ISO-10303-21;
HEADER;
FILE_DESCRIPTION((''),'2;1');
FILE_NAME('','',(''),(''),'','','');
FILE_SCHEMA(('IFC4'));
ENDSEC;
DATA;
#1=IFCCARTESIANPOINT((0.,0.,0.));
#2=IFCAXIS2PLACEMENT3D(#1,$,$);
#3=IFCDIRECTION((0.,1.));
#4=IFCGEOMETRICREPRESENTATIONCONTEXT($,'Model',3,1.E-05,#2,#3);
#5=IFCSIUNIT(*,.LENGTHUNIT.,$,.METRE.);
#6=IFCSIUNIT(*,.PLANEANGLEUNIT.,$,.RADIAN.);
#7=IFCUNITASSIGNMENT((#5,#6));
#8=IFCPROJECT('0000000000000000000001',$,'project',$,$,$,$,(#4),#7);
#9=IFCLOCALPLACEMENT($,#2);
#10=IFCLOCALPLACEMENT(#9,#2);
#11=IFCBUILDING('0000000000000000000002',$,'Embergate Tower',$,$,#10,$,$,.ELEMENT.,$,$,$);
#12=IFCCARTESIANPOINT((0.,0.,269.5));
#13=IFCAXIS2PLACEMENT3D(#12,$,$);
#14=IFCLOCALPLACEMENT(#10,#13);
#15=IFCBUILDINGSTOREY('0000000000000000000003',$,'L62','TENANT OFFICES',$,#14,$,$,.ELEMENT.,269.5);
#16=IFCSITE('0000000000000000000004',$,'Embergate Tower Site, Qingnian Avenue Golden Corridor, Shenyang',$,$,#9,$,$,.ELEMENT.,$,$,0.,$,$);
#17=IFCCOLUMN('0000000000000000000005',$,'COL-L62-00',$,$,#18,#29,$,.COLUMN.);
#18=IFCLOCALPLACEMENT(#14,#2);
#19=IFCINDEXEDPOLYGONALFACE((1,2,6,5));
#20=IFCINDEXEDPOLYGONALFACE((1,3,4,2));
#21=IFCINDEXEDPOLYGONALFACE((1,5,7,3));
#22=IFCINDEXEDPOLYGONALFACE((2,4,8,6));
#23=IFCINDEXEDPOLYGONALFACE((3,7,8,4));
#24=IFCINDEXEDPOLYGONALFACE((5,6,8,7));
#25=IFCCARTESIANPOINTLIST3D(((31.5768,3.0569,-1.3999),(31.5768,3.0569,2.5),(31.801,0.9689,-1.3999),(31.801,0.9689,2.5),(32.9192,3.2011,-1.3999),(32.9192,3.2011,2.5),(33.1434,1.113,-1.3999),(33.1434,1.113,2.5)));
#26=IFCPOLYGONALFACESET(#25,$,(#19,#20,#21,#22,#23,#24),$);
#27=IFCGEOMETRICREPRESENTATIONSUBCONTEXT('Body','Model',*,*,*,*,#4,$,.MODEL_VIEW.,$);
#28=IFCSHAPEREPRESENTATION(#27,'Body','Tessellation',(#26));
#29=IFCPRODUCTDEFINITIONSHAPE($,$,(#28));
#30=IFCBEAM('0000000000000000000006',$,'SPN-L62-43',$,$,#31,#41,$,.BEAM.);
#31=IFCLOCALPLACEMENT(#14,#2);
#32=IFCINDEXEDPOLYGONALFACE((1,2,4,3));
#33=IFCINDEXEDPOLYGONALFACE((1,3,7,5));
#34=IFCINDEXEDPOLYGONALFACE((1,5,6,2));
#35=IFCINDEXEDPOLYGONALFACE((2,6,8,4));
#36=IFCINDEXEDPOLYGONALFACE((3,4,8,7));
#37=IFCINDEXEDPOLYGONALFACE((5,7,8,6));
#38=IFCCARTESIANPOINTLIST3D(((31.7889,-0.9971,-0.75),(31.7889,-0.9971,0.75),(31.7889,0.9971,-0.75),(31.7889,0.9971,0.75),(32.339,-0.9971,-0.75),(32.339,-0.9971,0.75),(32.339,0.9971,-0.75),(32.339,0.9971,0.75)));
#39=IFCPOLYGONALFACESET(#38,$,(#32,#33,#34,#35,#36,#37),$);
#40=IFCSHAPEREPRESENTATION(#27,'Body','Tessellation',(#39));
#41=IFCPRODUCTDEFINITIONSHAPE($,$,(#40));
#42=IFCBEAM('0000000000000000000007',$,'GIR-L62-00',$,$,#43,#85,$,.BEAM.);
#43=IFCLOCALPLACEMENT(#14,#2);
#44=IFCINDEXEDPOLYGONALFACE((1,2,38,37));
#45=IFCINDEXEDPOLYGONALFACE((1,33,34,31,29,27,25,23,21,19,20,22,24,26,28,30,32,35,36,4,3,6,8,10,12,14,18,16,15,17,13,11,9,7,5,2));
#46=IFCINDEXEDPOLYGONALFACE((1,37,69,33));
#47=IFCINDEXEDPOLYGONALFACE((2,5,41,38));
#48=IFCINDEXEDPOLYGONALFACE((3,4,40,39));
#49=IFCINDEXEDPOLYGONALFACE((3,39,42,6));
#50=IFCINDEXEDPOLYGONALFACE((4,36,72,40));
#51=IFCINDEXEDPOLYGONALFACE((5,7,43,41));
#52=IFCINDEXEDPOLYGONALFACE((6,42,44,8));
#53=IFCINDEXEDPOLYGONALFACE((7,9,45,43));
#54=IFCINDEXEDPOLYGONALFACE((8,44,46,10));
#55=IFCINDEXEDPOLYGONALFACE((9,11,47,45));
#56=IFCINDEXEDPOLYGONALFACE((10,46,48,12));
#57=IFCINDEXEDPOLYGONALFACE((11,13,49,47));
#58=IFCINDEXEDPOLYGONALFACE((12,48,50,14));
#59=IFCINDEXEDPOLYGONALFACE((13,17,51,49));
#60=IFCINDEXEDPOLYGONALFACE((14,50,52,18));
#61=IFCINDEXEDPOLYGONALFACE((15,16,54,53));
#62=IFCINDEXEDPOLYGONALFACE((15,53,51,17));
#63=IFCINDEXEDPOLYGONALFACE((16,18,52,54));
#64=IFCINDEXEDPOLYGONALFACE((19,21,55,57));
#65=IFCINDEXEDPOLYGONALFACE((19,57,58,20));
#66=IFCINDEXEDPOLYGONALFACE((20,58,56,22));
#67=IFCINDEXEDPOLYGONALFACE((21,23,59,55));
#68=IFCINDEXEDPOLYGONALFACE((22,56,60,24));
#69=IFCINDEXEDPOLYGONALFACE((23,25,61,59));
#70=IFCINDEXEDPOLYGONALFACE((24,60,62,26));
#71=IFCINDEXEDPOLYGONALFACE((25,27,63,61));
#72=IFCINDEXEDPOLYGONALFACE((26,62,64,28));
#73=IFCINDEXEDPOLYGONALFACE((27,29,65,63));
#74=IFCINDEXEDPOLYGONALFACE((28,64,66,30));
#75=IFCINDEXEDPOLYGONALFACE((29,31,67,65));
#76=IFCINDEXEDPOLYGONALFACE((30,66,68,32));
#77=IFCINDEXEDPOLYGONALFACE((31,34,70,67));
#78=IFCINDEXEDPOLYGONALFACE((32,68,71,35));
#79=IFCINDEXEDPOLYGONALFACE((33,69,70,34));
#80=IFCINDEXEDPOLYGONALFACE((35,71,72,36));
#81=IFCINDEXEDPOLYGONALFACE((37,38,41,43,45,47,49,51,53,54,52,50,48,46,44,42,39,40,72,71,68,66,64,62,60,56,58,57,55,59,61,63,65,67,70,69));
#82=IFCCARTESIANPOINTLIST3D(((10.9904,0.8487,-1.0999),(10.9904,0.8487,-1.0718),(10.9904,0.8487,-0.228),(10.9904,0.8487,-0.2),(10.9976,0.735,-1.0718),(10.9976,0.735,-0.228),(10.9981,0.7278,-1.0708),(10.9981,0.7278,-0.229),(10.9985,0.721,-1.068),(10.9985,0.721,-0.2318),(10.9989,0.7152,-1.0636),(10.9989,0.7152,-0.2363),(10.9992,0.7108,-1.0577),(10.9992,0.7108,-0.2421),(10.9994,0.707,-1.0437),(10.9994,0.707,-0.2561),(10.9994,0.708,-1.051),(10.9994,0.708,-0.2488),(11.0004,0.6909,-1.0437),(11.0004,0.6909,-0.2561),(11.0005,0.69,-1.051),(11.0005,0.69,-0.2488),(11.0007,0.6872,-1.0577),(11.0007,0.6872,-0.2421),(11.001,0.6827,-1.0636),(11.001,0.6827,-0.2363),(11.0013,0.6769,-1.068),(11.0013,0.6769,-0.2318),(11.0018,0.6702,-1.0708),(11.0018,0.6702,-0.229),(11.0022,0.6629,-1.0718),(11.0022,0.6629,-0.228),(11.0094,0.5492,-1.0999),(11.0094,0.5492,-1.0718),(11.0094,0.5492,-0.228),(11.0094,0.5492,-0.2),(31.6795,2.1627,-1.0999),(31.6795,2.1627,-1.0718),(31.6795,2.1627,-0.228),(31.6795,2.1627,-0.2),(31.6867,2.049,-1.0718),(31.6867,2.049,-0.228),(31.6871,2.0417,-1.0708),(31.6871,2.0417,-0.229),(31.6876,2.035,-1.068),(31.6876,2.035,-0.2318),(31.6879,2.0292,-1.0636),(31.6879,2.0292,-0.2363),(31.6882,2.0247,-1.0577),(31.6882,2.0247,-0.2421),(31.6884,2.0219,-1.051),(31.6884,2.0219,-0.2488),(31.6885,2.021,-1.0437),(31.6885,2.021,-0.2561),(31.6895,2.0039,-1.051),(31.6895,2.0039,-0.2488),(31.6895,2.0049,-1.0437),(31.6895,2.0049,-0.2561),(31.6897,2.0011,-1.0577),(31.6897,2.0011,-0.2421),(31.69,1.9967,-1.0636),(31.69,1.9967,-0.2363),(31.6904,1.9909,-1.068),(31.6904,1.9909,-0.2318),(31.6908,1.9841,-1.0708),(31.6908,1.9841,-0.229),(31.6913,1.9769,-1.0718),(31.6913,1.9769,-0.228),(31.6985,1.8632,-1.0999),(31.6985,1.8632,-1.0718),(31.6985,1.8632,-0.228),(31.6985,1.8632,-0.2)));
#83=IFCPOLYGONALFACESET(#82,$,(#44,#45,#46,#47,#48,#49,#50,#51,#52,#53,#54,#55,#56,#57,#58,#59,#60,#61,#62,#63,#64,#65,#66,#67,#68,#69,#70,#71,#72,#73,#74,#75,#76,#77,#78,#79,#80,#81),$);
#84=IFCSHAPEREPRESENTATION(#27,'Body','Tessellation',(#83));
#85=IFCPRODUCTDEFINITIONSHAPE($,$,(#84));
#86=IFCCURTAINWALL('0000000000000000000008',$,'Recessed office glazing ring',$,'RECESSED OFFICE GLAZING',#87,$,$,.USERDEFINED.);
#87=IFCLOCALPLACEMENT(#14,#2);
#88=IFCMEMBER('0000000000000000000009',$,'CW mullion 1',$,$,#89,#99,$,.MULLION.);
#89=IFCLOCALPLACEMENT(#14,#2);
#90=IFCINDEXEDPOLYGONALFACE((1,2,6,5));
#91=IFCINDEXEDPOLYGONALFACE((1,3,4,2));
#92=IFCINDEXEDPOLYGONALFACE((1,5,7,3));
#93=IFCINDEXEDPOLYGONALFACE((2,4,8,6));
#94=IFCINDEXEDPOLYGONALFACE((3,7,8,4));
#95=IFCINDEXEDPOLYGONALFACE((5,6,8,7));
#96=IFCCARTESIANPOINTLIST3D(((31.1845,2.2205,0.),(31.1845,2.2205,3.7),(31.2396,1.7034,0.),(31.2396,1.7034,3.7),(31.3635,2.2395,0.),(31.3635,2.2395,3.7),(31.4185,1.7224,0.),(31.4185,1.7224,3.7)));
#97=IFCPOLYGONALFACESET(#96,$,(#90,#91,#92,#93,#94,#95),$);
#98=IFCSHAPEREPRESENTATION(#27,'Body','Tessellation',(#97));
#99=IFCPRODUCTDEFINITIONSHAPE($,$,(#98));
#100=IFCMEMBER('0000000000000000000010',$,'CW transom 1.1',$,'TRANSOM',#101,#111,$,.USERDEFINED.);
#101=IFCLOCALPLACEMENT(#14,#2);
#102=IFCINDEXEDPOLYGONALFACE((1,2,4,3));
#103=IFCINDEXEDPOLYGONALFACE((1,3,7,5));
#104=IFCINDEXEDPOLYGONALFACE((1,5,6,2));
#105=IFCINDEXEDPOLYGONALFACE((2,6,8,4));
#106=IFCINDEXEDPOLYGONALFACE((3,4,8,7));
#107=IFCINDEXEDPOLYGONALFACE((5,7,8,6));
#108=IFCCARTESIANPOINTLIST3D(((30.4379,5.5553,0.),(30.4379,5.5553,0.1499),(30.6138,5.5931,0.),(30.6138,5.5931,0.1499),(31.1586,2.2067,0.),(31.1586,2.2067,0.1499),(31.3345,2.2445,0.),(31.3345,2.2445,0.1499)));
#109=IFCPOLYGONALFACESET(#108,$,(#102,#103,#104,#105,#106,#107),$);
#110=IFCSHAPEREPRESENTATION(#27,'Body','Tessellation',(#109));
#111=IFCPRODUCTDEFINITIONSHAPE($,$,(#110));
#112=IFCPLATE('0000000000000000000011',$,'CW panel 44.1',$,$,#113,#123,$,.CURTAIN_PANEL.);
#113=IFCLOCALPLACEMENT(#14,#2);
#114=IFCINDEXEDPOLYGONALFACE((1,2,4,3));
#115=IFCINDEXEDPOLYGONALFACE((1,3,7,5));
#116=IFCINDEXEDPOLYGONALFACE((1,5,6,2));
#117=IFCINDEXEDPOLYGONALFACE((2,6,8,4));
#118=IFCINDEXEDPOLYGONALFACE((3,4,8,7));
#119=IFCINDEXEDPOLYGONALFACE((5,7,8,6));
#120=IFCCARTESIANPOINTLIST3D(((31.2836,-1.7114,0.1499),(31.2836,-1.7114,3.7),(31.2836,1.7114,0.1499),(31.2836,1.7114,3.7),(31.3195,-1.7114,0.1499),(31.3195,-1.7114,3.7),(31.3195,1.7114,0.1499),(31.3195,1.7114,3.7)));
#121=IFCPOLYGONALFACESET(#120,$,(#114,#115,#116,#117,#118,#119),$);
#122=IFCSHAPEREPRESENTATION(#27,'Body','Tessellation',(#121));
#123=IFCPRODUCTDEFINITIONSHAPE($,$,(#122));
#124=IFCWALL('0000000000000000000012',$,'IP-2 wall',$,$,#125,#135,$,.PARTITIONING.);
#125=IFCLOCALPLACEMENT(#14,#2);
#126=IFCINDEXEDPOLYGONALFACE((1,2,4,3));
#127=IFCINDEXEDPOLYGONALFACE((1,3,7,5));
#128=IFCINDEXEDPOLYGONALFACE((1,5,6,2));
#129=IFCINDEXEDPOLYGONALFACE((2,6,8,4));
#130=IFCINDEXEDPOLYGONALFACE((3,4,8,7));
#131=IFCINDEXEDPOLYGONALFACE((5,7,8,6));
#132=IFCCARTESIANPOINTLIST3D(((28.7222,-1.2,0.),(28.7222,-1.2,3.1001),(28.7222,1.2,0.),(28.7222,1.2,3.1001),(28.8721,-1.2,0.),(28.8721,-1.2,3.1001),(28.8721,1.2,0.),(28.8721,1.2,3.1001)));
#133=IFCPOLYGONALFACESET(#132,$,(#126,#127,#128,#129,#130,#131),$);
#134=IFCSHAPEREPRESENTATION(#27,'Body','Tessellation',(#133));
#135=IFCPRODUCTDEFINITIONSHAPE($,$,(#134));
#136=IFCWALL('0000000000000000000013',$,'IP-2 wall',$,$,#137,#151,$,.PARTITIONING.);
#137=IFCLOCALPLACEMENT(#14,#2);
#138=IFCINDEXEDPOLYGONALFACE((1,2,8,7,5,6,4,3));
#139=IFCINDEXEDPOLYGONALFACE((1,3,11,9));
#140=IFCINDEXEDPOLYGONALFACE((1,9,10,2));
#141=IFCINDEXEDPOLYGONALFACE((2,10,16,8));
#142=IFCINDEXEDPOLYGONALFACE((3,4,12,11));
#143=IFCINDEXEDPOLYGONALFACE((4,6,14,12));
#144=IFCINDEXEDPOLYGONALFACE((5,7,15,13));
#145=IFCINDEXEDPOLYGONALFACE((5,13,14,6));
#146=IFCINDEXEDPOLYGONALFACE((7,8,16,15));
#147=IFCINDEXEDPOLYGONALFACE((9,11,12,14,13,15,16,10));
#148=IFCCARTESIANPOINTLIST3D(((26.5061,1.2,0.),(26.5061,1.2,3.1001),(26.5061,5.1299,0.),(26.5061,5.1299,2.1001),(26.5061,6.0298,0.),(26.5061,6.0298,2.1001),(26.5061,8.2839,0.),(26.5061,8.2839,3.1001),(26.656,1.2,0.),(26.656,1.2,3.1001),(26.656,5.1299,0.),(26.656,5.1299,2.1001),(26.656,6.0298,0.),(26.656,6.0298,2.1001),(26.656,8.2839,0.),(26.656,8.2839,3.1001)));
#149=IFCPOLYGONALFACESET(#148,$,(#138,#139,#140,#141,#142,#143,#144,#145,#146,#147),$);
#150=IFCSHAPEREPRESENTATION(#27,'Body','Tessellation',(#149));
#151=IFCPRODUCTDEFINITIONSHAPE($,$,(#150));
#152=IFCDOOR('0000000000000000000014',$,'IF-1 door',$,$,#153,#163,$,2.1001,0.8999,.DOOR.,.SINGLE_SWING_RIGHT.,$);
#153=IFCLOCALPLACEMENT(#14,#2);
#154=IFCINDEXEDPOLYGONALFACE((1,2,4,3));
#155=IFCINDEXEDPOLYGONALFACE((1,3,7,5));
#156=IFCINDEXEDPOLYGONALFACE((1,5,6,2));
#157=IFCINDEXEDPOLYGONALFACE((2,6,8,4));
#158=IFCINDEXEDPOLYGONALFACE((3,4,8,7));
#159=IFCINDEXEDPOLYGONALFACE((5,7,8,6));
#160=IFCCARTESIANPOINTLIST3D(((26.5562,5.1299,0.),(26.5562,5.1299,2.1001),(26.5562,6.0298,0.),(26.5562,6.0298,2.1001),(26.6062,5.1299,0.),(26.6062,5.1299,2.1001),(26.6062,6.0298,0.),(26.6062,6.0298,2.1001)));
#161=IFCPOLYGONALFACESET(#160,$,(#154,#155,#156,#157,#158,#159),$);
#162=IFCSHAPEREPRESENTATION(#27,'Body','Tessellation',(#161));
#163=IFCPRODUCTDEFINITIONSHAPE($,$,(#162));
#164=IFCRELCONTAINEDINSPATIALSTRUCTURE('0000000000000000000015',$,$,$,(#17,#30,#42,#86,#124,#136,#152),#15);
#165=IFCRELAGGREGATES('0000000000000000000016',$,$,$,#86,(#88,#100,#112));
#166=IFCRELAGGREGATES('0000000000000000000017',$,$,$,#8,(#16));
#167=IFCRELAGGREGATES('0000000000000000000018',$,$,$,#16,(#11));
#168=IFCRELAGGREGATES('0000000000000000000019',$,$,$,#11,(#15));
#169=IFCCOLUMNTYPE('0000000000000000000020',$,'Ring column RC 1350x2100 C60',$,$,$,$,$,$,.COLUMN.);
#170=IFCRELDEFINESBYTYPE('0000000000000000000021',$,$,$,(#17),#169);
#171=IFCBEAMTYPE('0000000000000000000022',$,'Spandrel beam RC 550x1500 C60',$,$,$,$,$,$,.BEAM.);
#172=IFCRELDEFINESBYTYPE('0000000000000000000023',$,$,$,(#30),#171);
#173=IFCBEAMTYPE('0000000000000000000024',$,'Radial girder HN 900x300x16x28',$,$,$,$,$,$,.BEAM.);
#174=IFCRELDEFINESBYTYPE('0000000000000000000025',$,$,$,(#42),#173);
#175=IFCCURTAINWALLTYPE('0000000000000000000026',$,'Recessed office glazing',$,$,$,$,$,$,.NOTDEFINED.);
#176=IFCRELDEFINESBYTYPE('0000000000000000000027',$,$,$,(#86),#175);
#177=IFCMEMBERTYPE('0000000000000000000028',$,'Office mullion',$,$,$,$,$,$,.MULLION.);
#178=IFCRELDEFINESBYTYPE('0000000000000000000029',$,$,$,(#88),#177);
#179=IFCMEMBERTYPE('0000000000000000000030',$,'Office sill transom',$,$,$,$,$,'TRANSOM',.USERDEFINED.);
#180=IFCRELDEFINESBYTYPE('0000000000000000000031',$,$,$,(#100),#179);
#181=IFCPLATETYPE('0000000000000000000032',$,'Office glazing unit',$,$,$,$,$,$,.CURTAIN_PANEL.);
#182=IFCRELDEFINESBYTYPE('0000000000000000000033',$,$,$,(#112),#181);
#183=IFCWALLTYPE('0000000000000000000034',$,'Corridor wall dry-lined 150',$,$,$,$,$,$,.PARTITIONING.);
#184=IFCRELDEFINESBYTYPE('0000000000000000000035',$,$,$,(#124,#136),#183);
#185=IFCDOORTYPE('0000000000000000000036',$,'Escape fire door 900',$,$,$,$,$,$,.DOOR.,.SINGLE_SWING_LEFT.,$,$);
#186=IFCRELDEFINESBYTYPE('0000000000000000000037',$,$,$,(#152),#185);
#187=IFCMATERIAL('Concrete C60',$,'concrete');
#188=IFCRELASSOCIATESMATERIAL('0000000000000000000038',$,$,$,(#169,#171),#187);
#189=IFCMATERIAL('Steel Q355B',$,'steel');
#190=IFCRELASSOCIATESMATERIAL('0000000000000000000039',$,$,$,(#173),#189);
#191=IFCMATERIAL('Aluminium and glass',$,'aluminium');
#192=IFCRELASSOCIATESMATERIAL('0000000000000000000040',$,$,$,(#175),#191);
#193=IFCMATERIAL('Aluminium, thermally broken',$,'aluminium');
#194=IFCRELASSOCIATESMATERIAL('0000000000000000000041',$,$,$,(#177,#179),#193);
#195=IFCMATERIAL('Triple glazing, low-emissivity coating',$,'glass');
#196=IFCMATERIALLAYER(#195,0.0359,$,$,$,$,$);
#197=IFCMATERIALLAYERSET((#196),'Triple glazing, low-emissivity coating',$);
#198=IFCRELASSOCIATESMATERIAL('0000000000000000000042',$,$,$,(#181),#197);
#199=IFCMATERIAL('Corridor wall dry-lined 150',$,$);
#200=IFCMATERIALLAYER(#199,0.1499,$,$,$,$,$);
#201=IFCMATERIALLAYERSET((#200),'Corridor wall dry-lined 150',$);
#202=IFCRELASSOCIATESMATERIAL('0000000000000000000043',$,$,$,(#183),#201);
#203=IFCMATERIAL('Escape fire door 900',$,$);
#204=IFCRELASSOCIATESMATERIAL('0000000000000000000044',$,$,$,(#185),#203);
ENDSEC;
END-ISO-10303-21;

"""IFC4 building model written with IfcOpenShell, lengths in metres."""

from ifc_helpers import new_model, si_unit, direction, frame, frame_2d, origin, origin_2d, place, context, subcontext, project, spatial, rectangle, i_section, extrude, source, transform, mapped, material, layer, layer_set, material_profile, profile_set, type_object, element, fill, aggregate, save


model = new_model("IFC4")

# Units and contexts
model_context = context("Model", 3, precision=1e-05, world=origin(), true_north=direction((0.0, 1.0)))
body_context = subcontext(model_context, "Body", "Model", "MODEL_VIEW")
ifc_project = project(units=[si_unit("LENGTHUNIT", "METRE"), si_unit("PLANEANGLEUNIT", "RADIAN")], contexts=[model_context])

# Site, building, storey
site_placement = place(None, origin())
site = spatial("IfcSite", under=ifc_project, at=site_placement, Name="Embergate Tower Site, Qingnian Avenue Golden Corridor, Shenyang", CompositionType="ELEMENT", RefElevation=0.0)
building_placement = place(site_placement, origin())
building = spatial("IfcBuilding", under=site, at=building_placement, Name="Embergate Tower", CompositionType="ELEMENT")
storey_placement = place(building_placement, frame((0.0, 0.0, 269.5)))
storey = spatial("IfcBuildingStorey", under=building, at=storey_placement, Name="L62", Description="TENANT OFFICES", CompositionType="ELEMENT", Elevation=269.5)

# Column
ifc_material_1 = material(Name="Concrete C60", Category="concrete")
ifc_material_profile_1 = material_profile(ifc_material_1, rectangle(XDim=1.3501, YDim=2.1001, at=origin_2d()), Name="RC 1350x2100")
ifc_profile_set_1 = profile_set([ifc_material_profile_1], Name="Concrete C60")
column_type = type_object("IfcColumnType", Name="Ring column RC 1350x2100 C60", PredefinedType="COLUMN", material=ifc_profile_set_1)
shared_shape_1 = source(origin(), body_context, "Body", "SweptSolid", [
    extrude(rectangle(XDim=1.3501, YDim=2.1001, at=origin_2d()), origin(), (0.0, 0.0, 1.0), 3.8999),
])
column_placement = place(storey_placement, frame((32.3601, 2.085, -1.3999), z_axis=(0.0, 0.0, 1.0), x_axis=(0.994286, 0.10675, 0.0)))
element("IfcColumn", 1, at=column_placement, inside=storey, type_object=column_type, Name="COL-L62-00", PredefinedType="COLUMN", context=body_context, shape_type="MappedRepresentation", body=[
    mapped(shared_shape_1, transform((0.0, 0.0, 0.0))),
])

# Beams
ifc_material_profile_2 = material_profile(ifc_material_1, rectangle(XDim=0.55, YDim=1.5, at=origin_2d()), Name="RC 550x1500")
ifc_profile_set_2 = profile_set([ifc_material_profile_2], Name="Concrete C60")
beam_type_1 = type_object("IfcBeamType", Name="Spandrel beam RC 550x1500 C60", PredefinedType="BEAM", material=ifc_profile_set_2)
shared_shape_2 = source(origin(), body_context, "Body", "SweptSolid", [
    extrude(rectangle(XDim=0.55, YDim=1.5, at=origin_2d()), origin(), (0.0, 0.0, 1.0), 1.9941),
])
beam_1_placement = place(storey_placement, frame((32.064, -0.9971, 0.0), z_axis=(0.0, 1.0, 0.0), x_axis=(-1.0, 0.0, 0.0)))
element("IfcBeam", 2, at=beam_1_placement, inside=storey, type_object=beam_type_1, Name="SPN-L62-43", PredefinedType="BEAM", context=body_context, shape_type="MappedRepresentation", body=[
    mapped(shared_shape_2, transform((0.0, 0.0, 0.0))),
])
ifc_material_2 = material(Name="Steel Q355B", Category="steel")
ifc_material_profile_3 = material_profile(ifc_material_2, i_section(OverallWidth=0.3, OverallDepth=0.8999, WebThickness=0.0161, FlangeThickness=0.0281, FilletRadius=0.0281, at=origin_2d()), Name="HN 900x300x16x28")
ifc_profile_set_3 = profile_set([ifc_material_profile_3], Name="Steel Q355 grade B")
beam_type_2 = type_object("IfcBeamType", Name="Radial girder HN 900x300x16x28", PredefinedType="BEAM", material=ifc_profile_set_3)
shared_shape_3 = source(origin(), body_context, "Body", "SweptSolid", [
    extrude(i_section(OverallWidth=0.3, OverallDepth=0.8999, WebThickness=0.0161, FlangeThickness=0.0281, FilletRadius=0.0281, at=origin_2d()), origin(), (0.0, 0.0, 1.0), 20.7307),
])
beam_2_placement = place(storey_placement, frame((31.689, 2.0129, -0.6499), z_axis=(-0.997989, -0.063383, 0.0), x_axis=(0.063383, -0.997989, 0.0)))
element("IfcBeam", 3, at=beam_2_placement, inside=storey, type_object=beam_type_2, Name="GIR-L62-00", PredefinedType="BEAM", context=body_context, shape_type="MappedRepresentation", body=[
    mapped(shared_shape_3, transform((0.0, 0.0, 0.0))),
])

# Curtain wall, members, plate
ifc_material_3 = material(Name="Aluminium and glass", Category="aluminium")
curtain_wall_type = type_object("IfcCurtainWallType", Name="Recessed office glazing", PredefinedType="NOTDEFINED", material=ifc_material_3)
curtain_wall_placement = place(storey_placement, origin())
curtain_wall = element("IfcCurtainWall", 4, at=curtain_wall_placement, inside=storey, type_object=curtain_wall_type, Name="Recessed office glazing ring", ObjectType="RECESSED OFFICE GLAZING", PredefinedType="USERDEFINED")
ifc_material_4 = material(Name="Aluminium, thermally broken", Category="aluminium")
ifc_material_profile_4 = material_profile(ifc_material_4, rectangle(XDim=0.1799, YDim=0.52, at=origin_2d()), Name="AL 520x180")
ifc_profile_set_4 = profile_set([ifc_material_profile_4], Name="Aluminium, thermally broken")
member_type_1 = type_object("IfcMemberType", Name="Office mullion", PredefinedType="MULLION", material=ifc_profile_set_4)
shared_shape_4 = source(origin(), body_context, "Body", "SweptSolid", [
    extrude(rectangle(XDim=0.1799, YDim=0.52, at=origin_2d()), origin(), (0.0, 0.0, 1.0), 3.7),
])
member_1_placement = place(storey_placement, frame((31.3015, 1.9714, 0.0), z_axis=(0.0, 0.0, 1.0), x_axis=(-0.994384, -0.10583, 0.0)))
member_1 = element("IfcMember", 5, at=member_1_placement, type_object=member_type_1, Name="CW mullion 1", PredefinedType="MULLION", context=body_context, shape_type="MappedRepresentation", body=[
    mapped(shared_shape_4, transform((0.0, 0.0, 0.0))),
])
ifc_material_profile_5 = material_profile(ifc_material_4, rectangle(XDim=0.1799, YDim=0.1499, at=origin_2d()), Name="AL 150x180")
ifc_profile_set_5 = profile_set([ifc_material_profile_5], Name="Aluminium, thermally broken")
member_type_2 = type_object("IfcMemberType", Name="Office sill transom", ElementType="TRANSOM", PredefinedType="USERDEFINED", material=ifc_profile_set_5)
shared_shape_5 = source(origin(), body_context, "Body", "SweptSolid", [
    extrude(rectangle(XDim=0.1799, YDim=0.1499, at=origin_2d()), origin(), (0.0, 0.0, 1.0), 3.4253),
])
member_2_placement = place(storey_placement, frame((31.2466, 2.2256, 0.075), z_axis=(-0.210405, 0.977614, 0.0), x_axis=(-0.977614, -0.210405, 0.0)))
member_2 = element("IfcMember", 6, at=member_2_placement, type_object=member_type_2, Name="CW transom 1.1", ObjectType="TRANSOM", PredefinedType="USERDEFINED", context=body_context, shape_type="MappedRepresentation", body=[
    mapped(shared_shape_5, transform((0.0, 0.0, 0.0))),
])
ifc_material_5 = material(Name="Triple glazing, low-emissivity coating", Category="glass")
ifc_layer_1 = layer(ifc_material_5, 0.0359)
ifc_layer_set_1 = layer_set([ifc_layer_1], Name="Triple glazing, low-emissivity coating")
plate_type = type_object("IfcPlateType", Name="Office glazing unit", PredefinedType="CURTAIN_PANEL", material=ifc_layer_set_1)
shared_shape_6 = source(origin(), body_context, "Body", "SweptSolid", [
    extrude(rectangle(XDim=3.4229, YDim=0.0359, at=origin_2d()), origin(), (0.0, 0.0, 1.0), 3.55),
])
plate_placement = place(storey_placement, frame((31.3015, 0.0, 0.1499), z_axis=(0.0, 0.0, 1.0), x_axis=(0.0, 1.0, 0.0)))
plate = element("IfcPlate", 7, at=plate_placement, type_object=plate_type, Name="CW panel 44.1", PredefinedType="CURTAIN_PANEL", context=body_context, shape_type="MappedRepresentation", body=[
    mapped(shared_shape_6, transform((0.0, 0.0, 0.0))),
])
aggregate(curtain_wall, [member_1, member_2, plate])

# Wall
ifc_material_6 = material(Name="Corridor wall dry-lined 150")
ifc_layer_2 = layer(ifc_material_6, 0.1499)
ifc_layer_set_2 = layer_set([ifc_layer_2], Name="Corridor wall dry-lined 150")
wall_type_1 = type_object("IfcWallType", Name="Corridor wall dry-lined 150", PredefinedType="PARTITIONING", material=ifc_layer_set_2)
shared_shape_7 = source(origin(), body_context, "Body", "SweptSolid", [
    extrude(rectangle(XDim=2.3999, YDim=0.1499, at=frame_2d((1.2, 0.0))), origin(), (0.0, 0.0, 1.0), 3.1001),
])
wall_1_placement = place(storey_placement, frame((28.7971, -1.2, 0.0), z_axis=(0.0, 0.0, 1.0), x_axis=(0.0, 1.0, 0.0)))
element("IfcWall", 8, at=wall_1_placement, inside=storey, type_object=wall_type_1, Name="IP-2 wall", PredefinedType="PARTITIONING", context=body_context, shape_type="MappedRepresentation", body=[
    mapped(shared_shape_7, transform((0.0, 0.0, 0.0))),
])

# Wall, opening, door
shared_shape_8 = source(origin(), body_context, "Body", "SweptSolid", [
    extrude(rectangle(XDim=7.084, YDim=0.1499, at=frame_2d((3.542, 0.0))), origin(), (0.0, 0.0, 1.0), 3.1001),
])
wall_2_placement = place(storey_placement, frame((26.5811, 1.2, 0.0), z_axis=(0.0, 0.0, 1.0), x_axis=(0.0, 1.0, 0.0)))
wall_2 = element("IfcWall", 9, at=wall_2_placement, inside=storey, type_object=wall_type_1, Name="IP-2 wall", PredefinedType="PARTITIONING", context=body_context, shape_type="MappedRepresentation", body=[
    mapped(shared_shape_8, transform((0.0, 0.0, 0.0))),
])
shared_shape_9 = source(origin(), body_context, "Body", "SweptSolid", [
    extrude(rectangle(XDim=0.8999, YDim=2.1001, at=frame_2d((0.45, 1.05))), frame((0.0, 0.085, 0.0), z_axis=(0.0, -1.0, 0.0), x_axis=(1.0, 0.0, 0.0)), (0.0, 0.0, 1.0), 0.1699),
])
opening_1_placement = place(wall_2_placement, frame((3.9299, 0.0, 0.0)))
opening_1 = element("IfcOpeningElement", 10, at=opening_1_placement, cuts=wall_2, PredefinedType="OPENING", context=body_context, shape_type="MappedRepresentation", body=[
    mapped(shared_shape_9, transform((0.0, 0.0, 0.0))),
])
ifc_material_7 = material(Name="Escape fire door 900")
door_type_1 = type_object("IfcDoorType", Name="Escape fire door 900", OperationType="SINGLE_SWING_LEFT", PredefinedType="DOOR", material=ifc_material_7)
shared_shape_10 = source(origin(), body_context, "Body", "SweptSolid", [
    extrude(rectangle(XDim=0.8999, YDim=2.1001, at=frame_2d((0.45, 1.05))), frame((0.0, 0.0249, 0.0), z_axis=(0.0, -1.0, 0.0), x_axis=(1.0, 0.0, 0.0)), (0.0, 0.0, 1.0), 0.05),
])
door_1_placement = place(opening_1_placement, origin())
door_1 = element("IfcDoor", 11, at=door_1_placement, inside=storey, type_object=door_type_1, Name="IF-1 door", OperationType="SINGLE_SWING_RIGHT", OverallHeight=2.1001, OverallWidth=0.8999, PredefinedType="DOOR", context=body_context, shape_type="MappedRepresentation", body=[
    mapped(shared_shape_10, transform((0.0, 0.0, 0.0))),
])
fill(opening_1, door_1)

save(model, "model.ifc")
